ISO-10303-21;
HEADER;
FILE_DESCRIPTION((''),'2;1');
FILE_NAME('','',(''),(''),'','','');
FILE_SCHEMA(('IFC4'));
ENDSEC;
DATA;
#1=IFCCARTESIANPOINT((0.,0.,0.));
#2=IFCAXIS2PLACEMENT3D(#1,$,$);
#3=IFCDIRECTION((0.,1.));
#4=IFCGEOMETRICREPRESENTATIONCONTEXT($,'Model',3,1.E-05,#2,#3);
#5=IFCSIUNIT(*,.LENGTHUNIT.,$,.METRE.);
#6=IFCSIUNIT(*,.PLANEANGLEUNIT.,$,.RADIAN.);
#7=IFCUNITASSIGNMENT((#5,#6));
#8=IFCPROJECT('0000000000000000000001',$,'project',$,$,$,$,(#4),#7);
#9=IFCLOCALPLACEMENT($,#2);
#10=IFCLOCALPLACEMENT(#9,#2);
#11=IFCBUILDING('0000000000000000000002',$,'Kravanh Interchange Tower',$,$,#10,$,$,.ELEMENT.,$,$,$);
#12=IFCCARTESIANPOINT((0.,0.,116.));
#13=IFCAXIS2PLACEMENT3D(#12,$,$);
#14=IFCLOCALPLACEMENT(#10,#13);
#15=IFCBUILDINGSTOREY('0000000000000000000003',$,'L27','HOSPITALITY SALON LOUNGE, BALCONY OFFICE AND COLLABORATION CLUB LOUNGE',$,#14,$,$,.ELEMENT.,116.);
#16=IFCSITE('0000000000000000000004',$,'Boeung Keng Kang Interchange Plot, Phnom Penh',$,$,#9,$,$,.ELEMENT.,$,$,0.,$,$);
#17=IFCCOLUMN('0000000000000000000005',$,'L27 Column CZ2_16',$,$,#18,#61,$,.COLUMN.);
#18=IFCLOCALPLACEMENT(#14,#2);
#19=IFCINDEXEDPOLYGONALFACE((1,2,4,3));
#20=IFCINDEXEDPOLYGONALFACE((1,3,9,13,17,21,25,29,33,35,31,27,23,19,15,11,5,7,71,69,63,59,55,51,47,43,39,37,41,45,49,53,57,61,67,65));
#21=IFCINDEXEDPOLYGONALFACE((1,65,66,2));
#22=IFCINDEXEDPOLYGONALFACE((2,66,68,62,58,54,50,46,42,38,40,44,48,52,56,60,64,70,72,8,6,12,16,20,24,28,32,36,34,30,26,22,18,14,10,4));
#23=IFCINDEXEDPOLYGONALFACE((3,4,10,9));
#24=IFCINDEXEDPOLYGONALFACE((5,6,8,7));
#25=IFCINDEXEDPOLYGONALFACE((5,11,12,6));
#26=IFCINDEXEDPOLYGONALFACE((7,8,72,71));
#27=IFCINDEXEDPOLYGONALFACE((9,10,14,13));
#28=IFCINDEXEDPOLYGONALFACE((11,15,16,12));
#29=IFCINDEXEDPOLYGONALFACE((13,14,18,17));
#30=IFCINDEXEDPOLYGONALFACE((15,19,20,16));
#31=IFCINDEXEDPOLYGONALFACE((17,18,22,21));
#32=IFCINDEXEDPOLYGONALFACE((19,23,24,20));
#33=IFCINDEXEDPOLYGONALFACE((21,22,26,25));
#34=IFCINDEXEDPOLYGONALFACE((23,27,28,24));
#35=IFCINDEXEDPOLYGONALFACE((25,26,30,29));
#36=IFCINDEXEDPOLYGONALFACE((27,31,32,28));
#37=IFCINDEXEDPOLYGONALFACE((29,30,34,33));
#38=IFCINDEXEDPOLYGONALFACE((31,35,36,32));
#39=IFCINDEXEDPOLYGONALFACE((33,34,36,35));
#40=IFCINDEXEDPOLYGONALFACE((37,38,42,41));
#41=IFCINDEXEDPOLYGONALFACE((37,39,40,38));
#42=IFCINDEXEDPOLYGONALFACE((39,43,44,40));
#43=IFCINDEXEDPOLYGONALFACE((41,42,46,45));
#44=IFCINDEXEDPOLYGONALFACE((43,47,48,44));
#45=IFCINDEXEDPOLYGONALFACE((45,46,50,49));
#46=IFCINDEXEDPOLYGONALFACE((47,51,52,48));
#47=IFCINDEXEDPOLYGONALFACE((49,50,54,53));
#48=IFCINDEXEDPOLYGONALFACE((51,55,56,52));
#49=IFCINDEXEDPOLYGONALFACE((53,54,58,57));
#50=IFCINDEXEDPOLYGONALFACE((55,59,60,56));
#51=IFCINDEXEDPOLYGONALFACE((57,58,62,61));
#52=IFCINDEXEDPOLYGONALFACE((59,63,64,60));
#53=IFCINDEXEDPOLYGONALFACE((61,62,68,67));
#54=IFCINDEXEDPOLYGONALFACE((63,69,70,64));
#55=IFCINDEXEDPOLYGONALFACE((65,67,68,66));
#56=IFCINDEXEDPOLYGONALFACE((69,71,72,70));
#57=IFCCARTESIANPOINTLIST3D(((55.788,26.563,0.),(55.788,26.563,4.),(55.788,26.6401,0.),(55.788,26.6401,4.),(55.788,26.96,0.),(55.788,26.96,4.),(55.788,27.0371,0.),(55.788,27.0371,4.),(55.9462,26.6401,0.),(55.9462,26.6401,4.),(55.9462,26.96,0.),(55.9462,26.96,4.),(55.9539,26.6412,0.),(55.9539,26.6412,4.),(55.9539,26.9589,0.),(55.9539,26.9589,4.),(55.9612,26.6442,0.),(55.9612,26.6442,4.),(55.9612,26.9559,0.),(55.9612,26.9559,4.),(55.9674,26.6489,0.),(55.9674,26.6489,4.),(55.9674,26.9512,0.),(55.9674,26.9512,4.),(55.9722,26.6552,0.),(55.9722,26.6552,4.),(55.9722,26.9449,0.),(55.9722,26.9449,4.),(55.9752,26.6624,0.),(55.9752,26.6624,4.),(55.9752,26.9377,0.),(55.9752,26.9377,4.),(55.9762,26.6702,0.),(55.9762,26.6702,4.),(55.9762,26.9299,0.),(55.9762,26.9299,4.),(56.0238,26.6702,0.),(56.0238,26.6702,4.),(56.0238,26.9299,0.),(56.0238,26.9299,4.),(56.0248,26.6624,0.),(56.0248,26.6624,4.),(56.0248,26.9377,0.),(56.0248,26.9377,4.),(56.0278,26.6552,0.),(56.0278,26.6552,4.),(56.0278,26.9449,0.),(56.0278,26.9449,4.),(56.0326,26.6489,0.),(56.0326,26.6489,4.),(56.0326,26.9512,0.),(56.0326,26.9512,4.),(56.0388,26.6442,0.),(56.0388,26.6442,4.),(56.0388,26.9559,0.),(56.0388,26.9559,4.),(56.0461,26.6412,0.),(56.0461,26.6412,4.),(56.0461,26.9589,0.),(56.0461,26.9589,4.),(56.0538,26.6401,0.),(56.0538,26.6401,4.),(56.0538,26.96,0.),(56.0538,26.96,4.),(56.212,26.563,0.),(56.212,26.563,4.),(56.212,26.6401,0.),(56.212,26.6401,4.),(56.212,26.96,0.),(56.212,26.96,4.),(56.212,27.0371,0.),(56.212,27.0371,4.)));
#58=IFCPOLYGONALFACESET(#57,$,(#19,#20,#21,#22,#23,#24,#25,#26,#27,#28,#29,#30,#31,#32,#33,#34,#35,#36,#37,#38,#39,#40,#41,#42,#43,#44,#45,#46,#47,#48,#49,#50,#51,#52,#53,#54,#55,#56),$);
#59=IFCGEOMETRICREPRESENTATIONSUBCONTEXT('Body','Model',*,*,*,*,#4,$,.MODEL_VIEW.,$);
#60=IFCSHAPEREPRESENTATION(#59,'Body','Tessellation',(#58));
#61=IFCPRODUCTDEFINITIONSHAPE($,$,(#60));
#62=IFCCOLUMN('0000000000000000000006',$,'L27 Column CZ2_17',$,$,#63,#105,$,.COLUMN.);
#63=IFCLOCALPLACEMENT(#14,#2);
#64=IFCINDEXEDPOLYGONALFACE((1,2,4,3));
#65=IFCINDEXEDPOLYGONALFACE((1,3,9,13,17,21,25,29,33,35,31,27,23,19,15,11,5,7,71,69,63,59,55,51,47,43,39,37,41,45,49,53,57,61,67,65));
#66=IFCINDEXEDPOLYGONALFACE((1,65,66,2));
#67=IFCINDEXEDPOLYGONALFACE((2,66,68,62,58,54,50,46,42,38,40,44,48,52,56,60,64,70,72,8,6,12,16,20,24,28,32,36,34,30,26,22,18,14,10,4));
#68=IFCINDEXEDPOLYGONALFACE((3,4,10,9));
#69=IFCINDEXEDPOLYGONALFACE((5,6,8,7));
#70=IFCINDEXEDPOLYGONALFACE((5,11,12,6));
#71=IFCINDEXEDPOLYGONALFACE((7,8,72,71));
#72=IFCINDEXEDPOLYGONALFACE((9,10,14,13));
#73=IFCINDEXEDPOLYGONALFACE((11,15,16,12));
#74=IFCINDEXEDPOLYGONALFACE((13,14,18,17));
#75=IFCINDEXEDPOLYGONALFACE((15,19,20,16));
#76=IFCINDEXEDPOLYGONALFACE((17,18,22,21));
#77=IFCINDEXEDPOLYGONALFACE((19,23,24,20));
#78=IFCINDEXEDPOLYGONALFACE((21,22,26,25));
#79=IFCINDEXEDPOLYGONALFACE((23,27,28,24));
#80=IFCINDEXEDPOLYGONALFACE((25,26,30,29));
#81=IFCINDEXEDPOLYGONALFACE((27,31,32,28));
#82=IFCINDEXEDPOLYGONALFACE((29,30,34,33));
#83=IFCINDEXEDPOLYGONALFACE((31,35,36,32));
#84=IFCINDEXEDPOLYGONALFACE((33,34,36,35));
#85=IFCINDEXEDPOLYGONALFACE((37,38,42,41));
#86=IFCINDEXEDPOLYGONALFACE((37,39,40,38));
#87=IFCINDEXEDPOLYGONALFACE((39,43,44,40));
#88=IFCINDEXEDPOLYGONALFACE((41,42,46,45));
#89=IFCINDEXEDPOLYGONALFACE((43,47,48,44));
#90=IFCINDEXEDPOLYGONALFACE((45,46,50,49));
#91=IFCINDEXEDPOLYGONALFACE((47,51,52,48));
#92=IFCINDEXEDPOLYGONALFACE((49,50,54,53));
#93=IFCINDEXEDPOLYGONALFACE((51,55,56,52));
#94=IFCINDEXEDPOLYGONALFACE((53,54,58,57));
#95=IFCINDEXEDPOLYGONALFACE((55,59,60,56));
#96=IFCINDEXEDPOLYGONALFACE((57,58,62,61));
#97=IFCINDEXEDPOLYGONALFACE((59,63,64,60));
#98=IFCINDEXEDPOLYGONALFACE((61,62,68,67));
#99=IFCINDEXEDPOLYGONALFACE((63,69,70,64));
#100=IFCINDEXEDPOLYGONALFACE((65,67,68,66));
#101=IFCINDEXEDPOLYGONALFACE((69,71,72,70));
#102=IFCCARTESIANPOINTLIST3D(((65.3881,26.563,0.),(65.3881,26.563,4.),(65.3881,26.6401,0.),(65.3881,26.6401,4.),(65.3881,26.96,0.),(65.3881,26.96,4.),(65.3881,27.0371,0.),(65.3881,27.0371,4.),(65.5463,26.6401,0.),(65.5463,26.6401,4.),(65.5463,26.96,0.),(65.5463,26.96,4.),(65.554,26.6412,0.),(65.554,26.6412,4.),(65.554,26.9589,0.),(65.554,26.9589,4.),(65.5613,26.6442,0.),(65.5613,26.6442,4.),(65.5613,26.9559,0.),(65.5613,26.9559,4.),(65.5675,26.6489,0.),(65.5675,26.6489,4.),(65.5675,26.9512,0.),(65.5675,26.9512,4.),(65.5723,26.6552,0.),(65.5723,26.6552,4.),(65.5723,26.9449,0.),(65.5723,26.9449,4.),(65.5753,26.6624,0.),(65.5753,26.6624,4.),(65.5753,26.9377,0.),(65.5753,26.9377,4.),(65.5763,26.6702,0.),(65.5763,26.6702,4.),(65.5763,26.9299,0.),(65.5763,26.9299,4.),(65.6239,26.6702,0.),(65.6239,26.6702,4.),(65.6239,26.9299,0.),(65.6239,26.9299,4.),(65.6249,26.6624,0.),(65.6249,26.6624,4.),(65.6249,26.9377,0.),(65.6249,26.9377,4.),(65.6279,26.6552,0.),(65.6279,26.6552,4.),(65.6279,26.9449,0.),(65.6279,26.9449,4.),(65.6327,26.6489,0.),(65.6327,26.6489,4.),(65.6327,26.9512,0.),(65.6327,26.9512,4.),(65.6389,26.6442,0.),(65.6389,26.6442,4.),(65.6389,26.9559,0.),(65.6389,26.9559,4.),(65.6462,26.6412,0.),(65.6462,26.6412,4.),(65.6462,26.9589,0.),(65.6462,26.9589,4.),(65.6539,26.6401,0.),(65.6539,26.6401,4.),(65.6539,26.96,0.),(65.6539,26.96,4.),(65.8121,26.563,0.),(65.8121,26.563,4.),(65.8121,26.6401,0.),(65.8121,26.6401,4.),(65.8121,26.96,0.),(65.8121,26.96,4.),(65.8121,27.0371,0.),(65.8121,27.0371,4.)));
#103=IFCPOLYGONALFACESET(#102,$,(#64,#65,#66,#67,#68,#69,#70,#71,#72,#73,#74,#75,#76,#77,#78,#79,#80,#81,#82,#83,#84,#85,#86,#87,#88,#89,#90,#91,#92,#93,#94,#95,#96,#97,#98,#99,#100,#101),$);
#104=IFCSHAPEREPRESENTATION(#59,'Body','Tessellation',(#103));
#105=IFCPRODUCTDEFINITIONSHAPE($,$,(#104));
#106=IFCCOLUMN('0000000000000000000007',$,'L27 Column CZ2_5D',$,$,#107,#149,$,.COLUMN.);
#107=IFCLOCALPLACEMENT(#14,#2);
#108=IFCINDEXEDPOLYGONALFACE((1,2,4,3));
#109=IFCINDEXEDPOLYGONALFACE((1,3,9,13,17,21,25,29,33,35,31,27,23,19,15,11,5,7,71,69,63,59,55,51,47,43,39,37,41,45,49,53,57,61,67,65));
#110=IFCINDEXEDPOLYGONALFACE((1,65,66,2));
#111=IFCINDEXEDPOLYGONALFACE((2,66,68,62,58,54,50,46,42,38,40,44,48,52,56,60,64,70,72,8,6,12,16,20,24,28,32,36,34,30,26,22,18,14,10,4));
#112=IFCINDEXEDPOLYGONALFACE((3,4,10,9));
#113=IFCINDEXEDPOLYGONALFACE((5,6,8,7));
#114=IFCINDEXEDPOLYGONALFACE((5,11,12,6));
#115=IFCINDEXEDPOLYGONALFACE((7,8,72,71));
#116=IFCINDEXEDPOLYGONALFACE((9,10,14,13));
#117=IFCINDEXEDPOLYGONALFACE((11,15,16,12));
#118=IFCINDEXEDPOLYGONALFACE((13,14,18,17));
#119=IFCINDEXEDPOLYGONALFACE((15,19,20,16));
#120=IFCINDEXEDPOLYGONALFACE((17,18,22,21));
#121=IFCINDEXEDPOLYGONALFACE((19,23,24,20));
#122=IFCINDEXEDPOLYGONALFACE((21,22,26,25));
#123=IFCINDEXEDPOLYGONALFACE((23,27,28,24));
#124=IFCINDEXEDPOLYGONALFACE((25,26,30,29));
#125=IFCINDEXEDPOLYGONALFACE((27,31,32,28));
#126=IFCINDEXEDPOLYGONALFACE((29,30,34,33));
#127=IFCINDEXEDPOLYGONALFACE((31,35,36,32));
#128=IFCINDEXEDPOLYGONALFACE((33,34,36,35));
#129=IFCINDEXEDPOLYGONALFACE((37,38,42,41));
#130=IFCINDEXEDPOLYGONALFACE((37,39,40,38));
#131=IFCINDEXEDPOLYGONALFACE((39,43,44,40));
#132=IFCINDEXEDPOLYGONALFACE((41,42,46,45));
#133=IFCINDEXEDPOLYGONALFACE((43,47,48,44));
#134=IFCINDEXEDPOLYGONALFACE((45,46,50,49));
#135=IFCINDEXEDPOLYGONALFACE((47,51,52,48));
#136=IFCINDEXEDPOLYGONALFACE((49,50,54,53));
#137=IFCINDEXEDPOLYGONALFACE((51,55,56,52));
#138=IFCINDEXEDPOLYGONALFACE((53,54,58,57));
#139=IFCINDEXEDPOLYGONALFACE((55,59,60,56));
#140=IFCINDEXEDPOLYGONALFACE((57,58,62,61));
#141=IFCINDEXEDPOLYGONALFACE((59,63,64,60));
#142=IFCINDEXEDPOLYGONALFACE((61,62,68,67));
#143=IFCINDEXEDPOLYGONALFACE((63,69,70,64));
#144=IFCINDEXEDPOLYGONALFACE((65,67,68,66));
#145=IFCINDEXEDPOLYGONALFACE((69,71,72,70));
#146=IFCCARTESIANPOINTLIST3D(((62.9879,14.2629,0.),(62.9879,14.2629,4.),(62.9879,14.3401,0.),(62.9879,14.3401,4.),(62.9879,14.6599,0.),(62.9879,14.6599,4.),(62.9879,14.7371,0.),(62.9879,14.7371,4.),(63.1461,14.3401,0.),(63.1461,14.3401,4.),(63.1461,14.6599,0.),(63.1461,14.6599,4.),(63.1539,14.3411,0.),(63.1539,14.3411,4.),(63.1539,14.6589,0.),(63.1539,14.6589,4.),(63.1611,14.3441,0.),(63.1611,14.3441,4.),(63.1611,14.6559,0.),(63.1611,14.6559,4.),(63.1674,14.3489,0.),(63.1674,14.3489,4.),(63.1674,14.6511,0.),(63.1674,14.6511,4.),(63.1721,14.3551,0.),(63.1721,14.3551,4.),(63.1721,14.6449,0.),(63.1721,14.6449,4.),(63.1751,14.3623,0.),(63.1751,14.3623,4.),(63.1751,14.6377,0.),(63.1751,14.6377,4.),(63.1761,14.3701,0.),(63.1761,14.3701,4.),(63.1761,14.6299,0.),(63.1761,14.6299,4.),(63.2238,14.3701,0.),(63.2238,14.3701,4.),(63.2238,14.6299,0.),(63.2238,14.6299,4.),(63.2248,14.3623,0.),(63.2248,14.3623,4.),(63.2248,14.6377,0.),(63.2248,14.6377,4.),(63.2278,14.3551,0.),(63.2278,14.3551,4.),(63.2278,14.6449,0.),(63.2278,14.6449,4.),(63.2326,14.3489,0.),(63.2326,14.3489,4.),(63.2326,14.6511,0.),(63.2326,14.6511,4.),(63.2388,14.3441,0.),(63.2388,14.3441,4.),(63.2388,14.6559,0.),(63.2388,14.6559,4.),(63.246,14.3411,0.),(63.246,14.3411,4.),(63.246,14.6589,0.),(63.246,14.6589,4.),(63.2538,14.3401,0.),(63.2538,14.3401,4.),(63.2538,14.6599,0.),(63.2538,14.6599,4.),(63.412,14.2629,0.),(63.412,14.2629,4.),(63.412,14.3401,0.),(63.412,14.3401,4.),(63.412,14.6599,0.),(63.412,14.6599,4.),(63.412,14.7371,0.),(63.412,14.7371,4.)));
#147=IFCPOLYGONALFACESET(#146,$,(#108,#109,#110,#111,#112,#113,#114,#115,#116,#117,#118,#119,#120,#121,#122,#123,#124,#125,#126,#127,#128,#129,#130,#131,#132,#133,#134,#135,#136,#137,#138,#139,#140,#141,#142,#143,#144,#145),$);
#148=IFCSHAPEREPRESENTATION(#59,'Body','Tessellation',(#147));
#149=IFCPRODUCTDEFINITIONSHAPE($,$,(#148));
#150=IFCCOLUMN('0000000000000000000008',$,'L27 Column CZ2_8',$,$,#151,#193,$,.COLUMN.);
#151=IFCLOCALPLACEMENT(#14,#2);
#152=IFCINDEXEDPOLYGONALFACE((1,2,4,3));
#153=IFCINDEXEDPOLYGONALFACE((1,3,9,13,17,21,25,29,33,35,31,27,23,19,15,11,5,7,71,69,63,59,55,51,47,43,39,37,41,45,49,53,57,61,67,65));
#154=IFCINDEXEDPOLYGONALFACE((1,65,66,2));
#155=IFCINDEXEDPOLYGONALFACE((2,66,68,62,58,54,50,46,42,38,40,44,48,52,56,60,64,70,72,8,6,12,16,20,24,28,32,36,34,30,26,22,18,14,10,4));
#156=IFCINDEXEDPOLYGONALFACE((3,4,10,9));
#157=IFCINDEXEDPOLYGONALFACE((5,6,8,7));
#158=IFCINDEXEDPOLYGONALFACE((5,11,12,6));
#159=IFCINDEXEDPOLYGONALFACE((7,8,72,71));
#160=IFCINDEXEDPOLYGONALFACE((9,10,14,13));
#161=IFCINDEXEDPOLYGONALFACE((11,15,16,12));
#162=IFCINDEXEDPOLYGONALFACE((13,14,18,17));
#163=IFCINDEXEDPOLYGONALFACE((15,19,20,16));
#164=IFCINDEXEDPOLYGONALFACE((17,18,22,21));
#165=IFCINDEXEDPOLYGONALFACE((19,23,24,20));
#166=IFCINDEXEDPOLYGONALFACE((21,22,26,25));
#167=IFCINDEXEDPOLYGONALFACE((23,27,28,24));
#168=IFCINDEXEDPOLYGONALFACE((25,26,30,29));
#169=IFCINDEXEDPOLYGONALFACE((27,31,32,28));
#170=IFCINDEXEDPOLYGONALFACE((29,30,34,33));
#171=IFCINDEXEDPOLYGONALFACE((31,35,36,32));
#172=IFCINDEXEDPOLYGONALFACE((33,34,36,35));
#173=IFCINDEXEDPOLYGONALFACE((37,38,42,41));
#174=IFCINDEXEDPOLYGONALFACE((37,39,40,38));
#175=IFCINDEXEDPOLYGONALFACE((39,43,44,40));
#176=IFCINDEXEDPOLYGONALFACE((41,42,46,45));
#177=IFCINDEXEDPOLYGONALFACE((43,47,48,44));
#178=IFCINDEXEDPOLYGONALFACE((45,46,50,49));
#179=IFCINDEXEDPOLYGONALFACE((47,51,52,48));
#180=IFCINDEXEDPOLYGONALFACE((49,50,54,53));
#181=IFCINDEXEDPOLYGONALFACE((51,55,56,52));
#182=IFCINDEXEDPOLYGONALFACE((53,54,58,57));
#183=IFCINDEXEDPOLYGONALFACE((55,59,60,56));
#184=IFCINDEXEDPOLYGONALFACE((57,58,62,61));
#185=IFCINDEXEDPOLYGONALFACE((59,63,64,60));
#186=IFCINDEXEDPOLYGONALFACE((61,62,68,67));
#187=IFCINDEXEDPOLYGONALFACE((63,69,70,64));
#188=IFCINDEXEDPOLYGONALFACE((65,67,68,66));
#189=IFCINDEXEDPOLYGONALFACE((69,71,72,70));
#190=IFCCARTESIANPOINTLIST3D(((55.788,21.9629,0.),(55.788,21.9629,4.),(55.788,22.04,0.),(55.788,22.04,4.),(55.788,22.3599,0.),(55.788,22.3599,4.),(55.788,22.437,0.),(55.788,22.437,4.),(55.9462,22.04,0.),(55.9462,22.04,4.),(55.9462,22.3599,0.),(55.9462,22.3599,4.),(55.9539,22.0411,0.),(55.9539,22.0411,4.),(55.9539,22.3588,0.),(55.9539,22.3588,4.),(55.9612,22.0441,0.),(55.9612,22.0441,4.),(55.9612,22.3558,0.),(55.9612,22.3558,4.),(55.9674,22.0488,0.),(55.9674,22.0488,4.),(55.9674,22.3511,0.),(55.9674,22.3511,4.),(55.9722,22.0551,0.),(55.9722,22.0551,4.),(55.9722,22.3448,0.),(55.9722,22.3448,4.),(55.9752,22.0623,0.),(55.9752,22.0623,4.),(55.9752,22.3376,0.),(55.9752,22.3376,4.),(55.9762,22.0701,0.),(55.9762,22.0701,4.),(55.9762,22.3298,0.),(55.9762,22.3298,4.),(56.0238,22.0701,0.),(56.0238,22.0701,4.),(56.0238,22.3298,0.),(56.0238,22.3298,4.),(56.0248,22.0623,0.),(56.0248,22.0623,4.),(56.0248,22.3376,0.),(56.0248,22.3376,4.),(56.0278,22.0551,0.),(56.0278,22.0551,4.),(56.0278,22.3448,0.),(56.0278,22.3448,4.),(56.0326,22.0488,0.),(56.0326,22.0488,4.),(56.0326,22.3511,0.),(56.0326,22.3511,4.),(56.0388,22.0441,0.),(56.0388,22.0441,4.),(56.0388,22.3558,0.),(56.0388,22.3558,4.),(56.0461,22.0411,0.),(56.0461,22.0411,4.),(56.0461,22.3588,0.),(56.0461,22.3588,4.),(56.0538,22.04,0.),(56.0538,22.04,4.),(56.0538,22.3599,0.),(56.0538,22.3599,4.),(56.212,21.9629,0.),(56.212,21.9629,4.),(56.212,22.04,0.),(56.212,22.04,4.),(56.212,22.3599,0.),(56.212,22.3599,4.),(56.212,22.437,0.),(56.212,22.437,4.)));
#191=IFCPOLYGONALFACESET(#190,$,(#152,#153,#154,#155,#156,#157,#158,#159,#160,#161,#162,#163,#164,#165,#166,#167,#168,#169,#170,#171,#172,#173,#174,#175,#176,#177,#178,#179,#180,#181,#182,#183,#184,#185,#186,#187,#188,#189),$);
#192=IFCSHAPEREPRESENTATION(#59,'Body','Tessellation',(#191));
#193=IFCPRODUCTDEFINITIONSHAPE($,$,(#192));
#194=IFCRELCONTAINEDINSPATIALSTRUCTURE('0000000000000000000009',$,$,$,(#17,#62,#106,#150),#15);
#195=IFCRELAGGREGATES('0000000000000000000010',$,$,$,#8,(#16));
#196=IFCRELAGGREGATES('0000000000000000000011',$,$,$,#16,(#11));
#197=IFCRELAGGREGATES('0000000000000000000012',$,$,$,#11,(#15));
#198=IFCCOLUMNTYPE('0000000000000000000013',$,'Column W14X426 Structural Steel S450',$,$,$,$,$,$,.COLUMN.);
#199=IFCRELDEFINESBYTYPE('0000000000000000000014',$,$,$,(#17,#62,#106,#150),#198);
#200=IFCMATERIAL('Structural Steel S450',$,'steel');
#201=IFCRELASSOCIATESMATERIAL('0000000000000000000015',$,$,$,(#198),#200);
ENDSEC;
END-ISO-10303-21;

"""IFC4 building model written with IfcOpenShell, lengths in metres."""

from ifc_helpers import new_model, si_unit, direction, frame, origin, origin_2d, place, context, subcontext, project, spatial, i_section, extrude, material, material_profile, profile_set, type_object, element, save


model = new_model("IFC4")

# Units and contexts
model_context = context("Model", 3, precision=1e-05, world=origin(), true_north=direction((0.0, 1.0)))
body_context = subcontext(model_context, "Body", "Model", "MODEL_VIEW")
ifc_project = project(units=[si_unit("LENGTHUNIT", "METRE"), si_unit("PLANEANGLEUNIT", "RADIAN")], contexts=[model_context])

# Site, building, storey
site_placement = place(None, origin())
site = spatial("IfcSite", under=ifc_project, at=site_placement, Name="Boeung Keng Kang Interchange Plot, Phnom Penh", CompositionType="ELEMENT", RefElevation=0.0)
building_placement = place(site_placement, origin())
building = spatial("IfcBuilding", under=site, at=building_placement, Name="Kravanh Interchange Tower", CompositionType="ELEMENT")
storey_placement = place(building_placement, frame((0.0, 0.0, 116.0)))
storey = spatial("IfcBuildingStorey", under=building, at=storey_placement, Name="L27", Description="HOSPITALITY SALON LOUNGE, BALCONY OFFICE AND COLLABORATION CLUB LOUNGE", CompositionType="ELEMENT", Elevation=116.0)

# Columns
ifc_material_1 = material(Name="Structural Steel S450", Category="steel")
ifc_material_profile_1 = material_profile(ifc_material_1, i_section(OverallWidth=0.4241, OverallDepth=0.4741, WebThickness=0.0476, FlangeThickness=0.0771, FilletRadius=0.03, at=origin_2d()), Name="W14X426")
ifc_profile_set_1 = profile_set([ifc_material_profile_1], Name="Structural Steel S450")
column_type = type_object("IfcColumnType", Name="Column W14X426 Structural Steel S450", PredefinedType="COLUMN", material=ifc_profile_set_1)
for number, where, z_axis, x_axis, name in (
    (1, (56.0, 26.8, 0.0), (0.0, 0.0, 1.0), (1.0, 0.0, 0.0), "L27 Column CZ2_16"),
    (2, (65.6001, 26.8, 0.0), (0.0, 0.0, 1.0), (1.0, 0.0, 0.0), "L27 Column CZ2_17"),
    (3, (63.2, 14.5, 0.0), (0.0, 0.0, 1.0), (1.0, 0.0, 0.0), "L27 Column CZ2_5D"),
    (4, (56.0, 22.2, 0.0), (0.0, 0.0, 1.0), (1.0, 0.0, 0.0), "L27 Column CZ2_8"),
):
    element("IfcColumn", number, at=place(storey_placement, frame(where, z_axis=z_axis, x_axis=x_axis)), inside=storey, type_object=column_type, Name=name, PredefinedType="COLUMN", context=body_context, shape_type="SweptSolid", body=[
        extrude(i_section(OverallWidth=0.4241, OverallDepth=0.4741, WebThickness=0.0476, FlangeThickness=0.0771, FilletRadius=0.03, at=origin_2d()), origin(), (0.0, 0.0, 1.0), 4.0),
    ])

save(model, "model.ifc")
